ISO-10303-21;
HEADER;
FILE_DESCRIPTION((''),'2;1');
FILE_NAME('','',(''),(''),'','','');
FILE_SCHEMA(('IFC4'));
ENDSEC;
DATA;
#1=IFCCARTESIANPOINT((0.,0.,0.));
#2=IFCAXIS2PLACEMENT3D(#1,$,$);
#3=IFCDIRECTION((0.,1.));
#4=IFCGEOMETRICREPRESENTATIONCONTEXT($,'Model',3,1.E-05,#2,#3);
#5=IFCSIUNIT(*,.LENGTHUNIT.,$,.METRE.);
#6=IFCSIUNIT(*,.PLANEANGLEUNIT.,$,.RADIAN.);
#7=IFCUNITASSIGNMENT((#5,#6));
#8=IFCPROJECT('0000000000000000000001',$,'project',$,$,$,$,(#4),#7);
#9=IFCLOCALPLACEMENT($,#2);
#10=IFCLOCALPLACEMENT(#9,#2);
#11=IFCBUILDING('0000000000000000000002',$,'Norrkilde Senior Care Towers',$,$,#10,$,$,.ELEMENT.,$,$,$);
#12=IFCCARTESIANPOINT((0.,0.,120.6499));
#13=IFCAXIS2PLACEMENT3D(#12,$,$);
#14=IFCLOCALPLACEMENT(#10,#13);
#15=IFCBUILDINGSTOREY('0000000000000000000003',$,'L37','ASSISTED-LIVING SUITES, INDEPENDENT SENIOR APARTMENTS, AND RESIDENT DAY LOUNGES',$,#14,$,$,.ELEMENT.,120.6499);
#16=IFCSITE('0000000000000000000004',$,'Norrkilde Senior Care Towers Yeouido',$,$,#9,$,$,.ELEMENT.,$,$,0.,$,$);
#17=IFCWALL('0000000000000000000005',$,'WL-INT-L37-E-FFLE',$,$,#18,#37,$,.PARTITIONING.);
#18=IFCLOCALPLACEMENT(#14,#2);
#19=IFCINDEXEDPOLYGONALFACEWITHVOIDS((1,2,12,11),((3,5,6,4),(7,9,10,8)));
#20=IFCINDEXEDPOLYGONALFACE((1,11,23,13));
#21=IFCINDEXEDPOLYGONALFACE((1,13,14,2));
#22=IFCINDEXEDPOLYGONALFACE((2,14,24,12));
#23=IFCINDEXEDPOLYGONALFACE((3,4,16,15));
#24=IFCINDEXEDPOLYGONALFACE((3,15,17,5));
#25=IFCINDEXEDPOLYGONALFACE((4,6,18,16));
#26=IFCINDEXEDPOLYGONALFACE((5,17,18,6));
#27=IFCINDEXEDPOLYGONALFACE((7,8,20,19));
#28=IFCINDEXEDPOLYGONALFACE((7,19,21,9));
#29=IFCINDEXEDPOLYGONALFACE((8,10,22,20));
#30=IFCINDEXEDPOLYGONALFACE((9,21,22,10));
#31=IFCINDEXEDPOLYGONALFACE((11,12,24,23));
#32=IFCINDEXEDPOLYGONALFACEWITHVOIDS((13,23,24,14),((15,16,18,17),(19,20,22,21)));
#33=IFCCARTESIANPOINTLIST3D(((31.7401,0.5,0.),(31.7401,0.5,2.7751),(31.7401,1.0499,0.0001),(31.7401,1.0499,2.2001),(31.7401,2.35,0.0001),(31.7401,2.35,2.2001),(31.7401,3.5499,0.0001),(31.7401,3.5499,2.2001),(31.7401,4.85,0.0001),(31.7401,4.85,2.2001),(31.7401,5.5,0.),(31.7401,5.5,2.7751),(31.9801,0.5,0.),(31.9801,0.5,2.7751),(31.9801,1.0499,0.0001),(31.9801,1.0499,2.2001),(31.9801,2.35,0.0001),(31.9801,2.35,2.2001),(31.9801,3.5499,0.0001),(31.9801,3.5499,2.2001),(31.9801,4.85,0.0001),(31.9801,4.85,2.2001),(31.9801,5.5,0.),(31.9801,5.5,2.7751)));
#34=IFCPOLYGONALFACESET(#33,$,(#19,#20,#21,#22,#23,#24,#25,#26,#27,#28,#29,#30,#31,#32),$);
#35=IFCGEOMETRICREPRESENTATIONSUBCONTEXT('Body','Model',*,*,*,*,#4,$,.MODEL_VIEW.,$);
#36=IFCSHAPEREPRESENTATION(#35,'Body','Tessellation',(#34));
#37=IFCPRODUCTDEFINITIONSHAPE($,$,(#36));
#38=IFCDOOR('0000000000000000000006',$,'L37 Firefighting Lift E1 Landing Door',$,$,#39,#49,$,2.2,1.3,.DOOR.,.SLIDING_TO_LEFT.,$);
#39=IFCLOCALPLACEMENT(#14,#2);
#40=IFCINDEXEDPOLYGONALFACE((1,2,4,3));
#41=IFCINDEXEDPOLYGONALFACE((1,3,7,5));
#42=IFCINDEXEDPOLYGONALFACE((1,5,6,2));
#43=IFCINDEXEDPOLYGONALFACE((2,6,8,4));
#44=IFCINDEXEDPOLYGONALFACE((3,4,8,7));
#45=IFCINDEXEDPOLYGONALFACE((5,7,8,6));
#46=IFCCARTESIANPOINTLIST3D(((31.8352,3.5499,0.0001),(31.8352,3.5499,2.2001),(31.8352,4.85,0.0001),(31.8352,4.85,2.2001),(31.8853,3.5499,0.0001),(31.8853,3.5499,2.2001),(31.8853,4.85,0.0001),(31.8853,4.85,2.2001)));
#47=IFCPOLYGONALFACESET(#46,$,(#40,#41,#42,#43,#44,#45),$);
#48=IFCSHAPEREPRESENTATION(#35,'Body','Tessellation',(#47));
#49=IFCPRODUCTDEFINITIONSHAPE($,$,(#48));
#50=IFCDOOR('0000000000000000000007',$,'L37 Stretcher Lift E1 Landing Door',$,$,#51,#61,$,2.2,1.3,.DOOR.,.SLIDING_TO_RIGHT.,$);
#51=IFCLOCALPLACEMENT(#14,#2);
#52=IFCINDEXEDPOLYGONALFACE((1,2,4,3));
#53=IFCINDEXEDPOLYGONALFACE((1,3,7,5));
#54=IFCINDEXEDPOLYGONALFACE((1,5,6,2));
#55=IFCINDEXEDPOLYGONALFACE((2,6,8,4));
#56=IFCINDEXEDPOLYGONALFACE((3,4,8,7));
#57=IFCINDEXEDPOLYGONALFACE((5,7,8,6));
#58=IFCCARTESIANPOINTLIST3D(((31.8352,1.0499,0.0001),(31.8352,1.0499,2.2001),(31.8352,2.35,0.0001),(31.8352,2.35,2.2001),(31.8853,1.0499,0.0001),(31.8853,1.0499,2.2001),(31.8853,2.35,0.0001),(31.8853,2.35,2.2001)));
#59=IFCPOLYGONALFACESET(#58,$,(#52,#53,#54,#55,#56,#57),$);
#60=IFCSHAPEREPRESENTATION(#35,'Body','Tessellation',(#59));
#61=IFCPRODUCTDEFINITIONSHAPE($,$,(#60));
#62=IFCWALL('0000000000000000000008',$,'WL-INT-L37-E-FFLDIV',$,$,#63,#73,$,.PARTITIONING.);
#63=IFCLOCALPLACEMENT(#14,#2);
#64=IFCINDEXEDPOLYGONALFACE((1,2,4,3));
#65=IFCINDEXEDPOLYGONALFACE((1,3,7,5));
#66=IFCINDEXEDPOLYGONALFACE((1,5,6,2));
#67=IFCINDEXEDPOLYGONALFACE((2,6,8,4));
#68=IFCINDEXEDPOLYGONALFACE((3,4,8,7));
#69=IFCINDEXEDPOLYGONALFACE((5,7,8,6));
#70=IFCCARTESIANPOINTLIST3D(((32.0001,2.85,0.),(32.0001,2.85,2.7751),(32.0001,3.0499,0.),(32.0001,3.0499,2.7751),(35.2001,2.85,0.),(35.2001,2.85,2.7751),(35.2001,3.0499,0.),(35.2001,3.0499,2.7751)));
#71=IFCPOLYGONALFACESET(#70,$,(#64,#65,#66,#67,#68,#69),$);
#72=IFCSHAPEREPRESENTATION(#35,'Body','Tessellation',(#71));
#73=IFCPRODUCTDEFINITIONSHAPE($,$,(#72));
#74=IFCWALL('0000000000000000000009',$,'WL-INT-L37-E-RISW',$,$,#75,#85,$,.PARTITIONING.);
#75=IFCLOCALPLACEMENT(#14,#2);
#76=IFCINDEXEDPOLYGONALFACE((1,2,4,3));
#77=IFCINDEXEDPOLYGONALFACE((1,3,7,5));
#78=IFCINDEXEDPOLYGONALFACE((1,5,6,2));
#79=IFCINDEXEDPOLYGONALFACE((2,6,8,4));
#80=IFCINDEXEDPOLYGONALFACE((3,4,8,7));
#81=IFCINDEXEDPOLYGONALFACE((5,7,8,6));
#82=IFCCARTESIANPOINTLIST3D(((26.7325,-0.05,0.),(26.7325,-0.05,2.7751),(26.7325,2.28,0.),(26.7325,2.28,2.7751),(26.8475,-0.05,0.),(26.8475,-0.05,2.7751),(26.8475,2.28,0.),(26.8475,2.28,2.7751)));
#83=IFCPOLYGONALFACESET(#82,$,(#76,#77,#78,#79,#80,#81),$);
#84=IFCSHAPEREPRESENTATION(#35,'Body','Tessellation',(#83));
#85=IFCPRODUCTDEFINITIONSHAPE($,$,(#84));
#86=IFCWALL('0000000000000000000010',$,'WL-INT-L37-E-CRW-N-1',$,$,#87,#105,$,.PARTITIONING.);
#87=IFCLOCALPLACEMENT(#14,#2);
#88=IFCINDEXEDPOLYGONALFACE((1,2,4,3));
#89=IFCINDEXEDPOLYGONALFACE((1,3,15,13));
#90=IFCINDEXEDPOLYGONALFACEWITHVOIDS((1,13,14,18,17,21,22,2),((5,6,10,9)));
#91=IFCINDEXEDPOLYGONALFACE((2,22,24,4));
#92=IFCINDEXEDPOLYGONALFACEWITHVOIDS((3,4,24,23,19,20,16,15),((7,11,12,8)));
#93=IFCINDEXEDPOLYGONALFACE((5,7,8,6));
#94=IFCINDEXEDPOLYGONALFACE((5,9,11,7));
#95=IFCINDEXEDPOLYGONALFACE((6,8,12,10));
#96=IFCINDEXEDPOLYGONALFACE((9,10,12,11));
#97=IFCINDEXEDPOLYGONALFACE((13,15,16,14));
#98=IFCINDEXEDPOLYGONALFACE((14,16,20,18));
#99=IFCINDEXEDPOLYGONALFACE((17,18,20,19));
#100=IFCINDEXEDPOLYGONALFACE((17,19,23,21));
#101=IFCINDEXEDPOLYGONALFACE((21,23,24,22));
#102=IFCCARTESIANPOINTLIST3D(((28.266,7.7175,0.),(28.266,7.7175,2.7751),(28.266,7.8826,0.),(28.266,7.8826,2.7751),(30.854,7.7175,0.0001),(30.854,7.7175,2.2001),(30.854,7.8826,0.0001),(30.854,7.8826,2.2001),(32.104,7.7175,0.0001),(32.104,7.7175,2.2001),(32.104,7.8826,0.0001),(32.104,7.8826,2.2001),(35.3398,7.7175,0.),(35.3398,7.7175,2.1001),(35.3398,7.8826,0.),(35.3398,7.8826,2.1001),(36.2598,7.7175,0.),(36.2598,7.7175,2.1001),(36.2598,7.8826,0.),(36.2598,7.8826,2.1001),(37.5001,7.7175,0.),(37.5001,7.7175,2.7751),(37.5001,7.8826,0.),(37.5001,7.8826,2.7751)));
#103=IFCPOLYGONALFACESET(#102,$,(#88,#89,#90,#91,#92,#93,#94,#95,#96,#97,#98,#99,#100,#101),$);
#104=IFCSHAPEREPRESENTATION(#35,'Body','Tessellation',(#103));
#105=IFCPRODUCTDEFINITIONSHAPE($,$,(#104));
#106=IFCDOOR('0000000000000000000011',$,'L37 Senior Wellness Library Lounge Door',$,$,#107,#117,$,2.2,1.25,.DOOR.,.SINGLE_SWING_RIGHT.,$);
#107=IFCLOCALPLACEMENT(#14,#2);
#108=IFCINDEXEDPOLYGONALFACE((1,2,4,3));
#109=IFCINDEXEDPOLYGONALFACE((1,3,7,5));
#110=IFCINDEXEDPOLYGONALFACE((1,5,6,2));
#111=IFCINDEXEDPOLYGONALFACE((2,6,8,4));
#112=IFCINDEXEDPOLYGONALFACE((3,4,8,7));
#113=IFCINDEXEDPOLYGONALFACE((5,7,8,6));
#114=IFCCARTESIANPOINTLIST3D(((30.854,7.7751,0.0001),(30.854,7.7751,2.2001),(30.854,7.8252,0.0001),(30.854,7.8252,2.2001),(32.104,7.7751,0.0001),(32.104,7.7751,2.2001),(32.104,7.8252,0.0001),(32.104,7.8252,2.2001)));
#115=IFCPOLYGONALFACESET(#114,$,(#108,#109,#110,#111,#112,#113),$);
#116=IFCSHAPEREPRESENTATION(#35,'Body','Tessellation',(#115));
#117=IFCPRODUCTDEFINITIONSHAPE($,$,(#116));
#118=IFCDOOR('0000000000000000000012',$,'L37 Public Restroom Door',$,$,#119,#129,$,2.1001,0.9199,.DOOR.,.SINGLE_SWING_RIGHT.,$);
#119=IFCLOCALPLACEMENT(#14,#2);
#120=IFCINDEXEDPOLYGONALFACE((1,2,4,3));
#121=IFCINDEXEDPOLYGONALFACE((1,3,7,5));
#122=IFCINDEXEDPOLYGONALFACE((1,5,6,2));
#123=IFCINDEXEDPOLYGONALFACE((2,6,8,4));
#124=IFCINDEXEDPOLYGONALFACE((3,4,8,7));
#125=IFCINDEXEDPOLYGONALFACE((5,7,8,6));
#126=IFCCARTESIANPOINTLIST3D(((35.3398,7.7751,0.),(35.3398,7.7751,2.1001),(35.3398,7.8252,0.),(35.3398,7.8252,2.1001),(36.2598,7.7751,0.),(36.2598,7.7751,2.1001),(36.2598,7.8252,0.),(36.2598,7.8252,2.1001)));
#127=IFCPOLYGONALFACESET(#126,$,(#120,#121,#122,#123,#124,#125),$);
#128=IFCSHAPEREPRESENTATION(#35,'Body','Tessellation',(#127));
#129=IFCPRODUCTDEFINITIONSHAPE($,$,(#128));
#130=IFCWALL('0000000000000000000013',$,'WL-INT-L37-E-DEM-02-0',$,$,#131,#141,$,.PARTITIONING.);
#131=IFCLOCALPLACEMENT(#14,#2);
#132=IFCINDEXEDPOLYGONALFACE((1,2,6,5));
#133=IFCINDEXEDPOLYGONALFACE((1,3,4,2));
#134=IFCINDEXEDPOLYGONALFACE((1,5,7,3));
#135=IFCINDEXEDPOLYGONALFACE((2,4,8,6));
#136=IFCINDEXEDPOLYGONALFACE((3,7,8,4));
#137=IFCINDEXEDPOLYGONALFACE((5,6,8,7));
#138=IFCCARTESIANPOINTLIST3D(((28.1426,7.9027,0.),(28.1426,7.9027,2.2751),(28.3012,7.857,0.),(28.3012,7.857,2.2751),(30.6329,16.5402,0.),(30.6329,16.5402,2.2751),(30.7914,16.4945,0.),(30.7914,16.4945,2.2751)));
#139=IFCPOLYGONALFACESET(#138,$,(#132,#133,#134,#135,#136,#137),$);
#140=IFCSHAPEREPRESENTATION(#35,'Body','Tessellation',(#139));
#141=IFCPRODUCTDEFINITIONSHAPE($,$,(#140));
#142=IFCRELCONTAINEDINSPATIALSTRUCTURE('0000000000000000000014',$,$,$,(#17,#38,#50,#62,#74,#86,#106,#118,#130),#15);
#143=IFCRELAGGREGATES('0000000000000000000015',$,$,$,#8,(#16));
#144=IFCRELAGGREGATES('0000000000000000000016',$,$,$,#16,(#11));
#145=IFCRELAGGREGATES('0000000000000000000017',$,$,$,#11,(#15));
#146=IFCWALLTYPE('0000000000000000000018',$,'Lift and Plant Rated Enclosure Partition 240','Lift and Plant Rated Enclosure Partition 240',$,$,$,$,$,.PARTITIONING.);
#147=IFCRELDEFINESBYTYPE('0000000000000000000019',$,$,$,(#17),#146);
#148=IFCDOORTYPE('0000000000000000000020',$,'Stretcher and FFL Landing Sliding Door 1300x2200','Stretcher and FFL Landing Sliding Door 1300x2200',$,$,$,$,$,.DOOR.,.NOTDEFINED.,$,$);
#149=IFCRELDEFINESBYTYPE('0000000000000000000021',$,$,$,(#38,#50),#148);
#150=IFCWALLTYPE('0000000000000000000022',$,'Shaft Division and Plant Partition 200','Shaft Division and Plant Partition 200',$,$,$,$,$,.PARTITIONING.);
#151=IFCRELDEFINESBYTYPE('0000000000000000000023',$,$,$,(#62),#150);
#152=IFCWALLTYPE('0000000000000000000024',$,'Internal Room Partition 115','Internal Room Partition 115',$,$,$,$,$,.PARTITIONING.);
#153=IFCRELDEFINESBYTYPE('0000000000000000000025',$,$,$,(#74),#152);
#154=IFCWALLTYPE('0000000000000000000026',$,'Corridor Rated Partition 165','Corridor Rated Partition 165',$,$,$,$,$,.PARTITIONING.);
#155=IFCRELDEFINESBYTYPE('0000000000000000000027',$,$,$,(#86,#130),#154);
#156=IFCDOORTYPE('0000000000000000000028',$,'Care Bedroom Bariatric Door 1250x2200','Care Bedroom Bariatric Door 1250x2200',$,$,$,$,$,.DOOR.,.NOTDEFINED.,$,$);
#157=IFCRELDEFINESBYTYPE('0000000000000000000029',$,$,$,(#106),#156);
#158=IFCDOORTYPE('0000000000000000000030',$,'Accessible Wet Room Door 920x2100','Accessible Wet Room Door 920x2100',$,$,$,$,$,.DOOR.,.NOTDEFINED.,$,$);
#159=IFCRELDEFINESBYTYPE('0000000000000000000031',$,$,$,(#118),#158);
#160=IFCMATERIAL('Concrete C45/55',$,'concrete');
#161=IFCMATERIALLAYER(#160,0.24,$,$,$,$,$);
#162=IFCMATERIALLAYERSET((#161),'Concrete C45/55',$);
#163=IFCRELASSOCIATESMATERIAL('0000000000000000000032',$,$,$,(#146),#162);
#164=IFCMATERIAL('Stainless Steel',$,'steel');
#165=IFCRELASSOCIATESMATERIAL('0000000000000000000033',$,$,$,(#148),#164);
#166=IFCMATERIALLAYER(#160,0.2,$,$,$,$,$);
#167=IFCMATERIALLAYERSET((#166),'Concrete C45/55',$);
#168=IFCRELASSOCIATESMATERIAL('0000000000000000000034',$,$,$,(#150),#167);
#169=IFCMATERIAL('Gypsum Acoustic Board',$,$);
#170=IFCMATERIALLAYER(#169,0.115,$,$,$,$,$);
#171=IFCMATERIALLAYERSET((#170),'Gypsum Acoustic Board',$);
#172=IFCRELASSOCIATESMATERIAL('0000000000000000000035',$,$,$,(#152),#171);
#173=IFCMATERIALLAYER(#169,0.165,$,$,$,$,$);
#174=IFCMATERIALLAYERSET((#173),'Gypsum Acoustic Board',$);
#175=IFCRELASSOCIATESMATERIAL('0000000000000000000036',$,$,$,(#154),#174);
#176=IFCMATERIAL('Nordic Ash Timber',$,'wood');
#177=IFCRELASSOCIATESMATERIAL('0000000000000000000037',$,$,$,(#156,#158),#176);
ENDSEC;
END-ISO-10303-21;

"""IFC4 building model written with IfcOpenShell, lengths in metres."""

from ifc_helpers import new_model, si_unit, direction, frame, frame_2d, origin, place, context, subcontext, project, spatial, rectangle, extrude, source, transform, mapped, material, layer, layer_set, type_object, type_shapes, element, fill, save


model = new_model("IFC4")

# Units and contexts
model_context = context("Model", 3, precision=1e-05, world=origin(), true_north=direction((0.0, 1.0)))
body_context = subcontext(model_context, "Body", "Model", "MODEL_VIEW")
ifc_project = project(units=[si_unit("LENGTHUNIT", "METRE"), si_unit("PLANEANGLEUNIT", "RADIAN")], contexts=[model_context])

# Site, building, storey
site_placement = place(None, origin())
site = spatial("IfcSite", under=ifc_project, at=site_placement, Name="Norrkilde Senior Care Towers Yeouido", CompositionType="ELEMENT", RefElevation=0.0)
building_placement = place(site_placement, origin())
building = spatial("IfcBuilding", under=site, at=building_placement, Name="Norrkilde Senior Care Towers", CompositionType="ELEMENT")
storey_placement = place(building_placement, frame((0.0, 0.0, 120.6499)))
storey = spatial("IfcBuildingStorey", under=building, at=storey_placement, Name="L37", Description="ASSISTED-LIVING SUITES, INDEPENDENT SENIOR APARTMENTS, AND RESIDENT DAY LOUNGES", CompositionType="ELEMENT", Elevation=120.6499)

# Wall, openings, doors
ifc_material_1 = material(Name="Concrete C45/55", Category="concrete")
ifc_layer_1 = layer(ifc_material_1, 0.24)
ifc_layer_set_1 = layer_set([ifc_layer_1], Name="Concrete C45/55")
wall_type_1 = type_object("IfcWallType", Name="Lift and Plant Rated Enclosure Partition 240", Description="Lift and Plant Rated Enclosure Partition 240", PredefinedType="PARTITIONING", material=ifc_layer_set_1)
shared_shape_1 = source(origin(), body_context, "Body", "SweptSolid", [
    extrude(rectangle(XDim=5.0, YDim=0.24, at=frame_2d((2.5, 0.0))), origin(), (0.0, 0.0, 1.0), 2.7751),
])
type_shapes(wall_type_1, [shared_shape_1])
wall_1_placement = place(storey_placement, frame((31.8601, 0.5, 0.0), z_axis=(0.0, 0.0, 1.0), x_axis=(0.0, 1.0, 0.0)))
wall_1 = element("IfcWall", 1, at=wall_1_placement, inside=storey, type_object=wall_type_1, Name="WL-INT-L37-E-FFLE", PredefinedType="PARTITIONING", context=body_context, shape_type="MappedRepresentation", body=[
    mapped(shared_shape_1, transform((0.0, 0.0, 0.0), x_axis=(1.0, 0.0, 0.0), y_axis=(0.0, 1.0, 0.0), z_axis=(0.0, 0.0, 1.0), scale=1.0)),
])
opening_1_placement = place(wall_1_placement, frame((3.05, 0.0, 0.0)))
opening_1 = element("IfcOpeningElement", 2, at=opening_1_placement, cuts=wall_1, PredefinedType="OPENING", context=body_context, shape_type="SweptSolid", body=[
    extrude(rectangle(XDim=1.3, YDim=2.2, at=frame_2d((0.6499, 1.1001))), frame((0.0, 0.1299, 0.0), z_axis=(0.0, -1.0, 0.0), x_axis=(1.0, 0.0, 0.0)), (0.0, 0.0, 1.0), 0.26),
])
opening_2_placement = place(wall_1_placement, frame((0.55, 0.0, 0.0)))
opening_2 = element("IfcOpeningElement", 3, at=opening_2_placement, cuts=wall_1, PredefinedType="OPENING", context=body_context, shape_type="SweptSolid", body=[
    extrude(rectangle(XDim=1.3, YDim=2.2, at=frame_2d((0.6499, 1.1001))), frame((0.0, 0.1299, 0.0), z_axis=(0.0, -1.0, 0.0), x_axis=(1.0, 0.0, 0.0)), (0.0, 0.0, 1.0), 0.26),
])
ifc_material_2 = material(Name="Stainless Steel", Category="steel")
door_type_1 = type_object("IfcDoorType", Name="Stretcher and FFL Landing Sliding Door 1300x2200", Description="Stretcher and FFL Landing Sliding Door 1300x2200", OperationType="NOTDEFINED", PredefinedType="DOOR", material=ifc_material_2)
shared_shape_2 = source(origin(), body_context, "Body", "SweptSolid", [
    extrude(rectangle(XDim=1.3, YDim=2.2, at=frame_2d((0.6499, 1.1001))), frame((0.0, 0.0249, 0.0), z_axis=(0.0, -1.0, 0.0), x_axis=(1.0, 0.0, 0.0)), (0.0, 0.0, 1.0), 0.05),
])
type_shapes(door_type_1, [shared_shape_2])
door_1_placement = place(opening_1_placement, origin())
door_1 = element("IfcDoor", 4, at=door_1_placement, inside=storey, type_object=door_type_1, Name="L37 Firefighting Lift E1 Landing Door", OperationType="SLIDING_TO_LEFT", OverallHeight=2.2, OverallWidth=1.3, PredefinedType="DOOR", context=body_context, shape_type="MappedRepresentation", body=[
    mapped(shared_shape_2, transform((0.0, 0.0, 0.0), x_axis=(1.0, 0.0, 0.0), y_axis=(0.0, 1.0, 0.0), z_axis=(0.0, 0.0, 1.0), scale=1.0)),
])
fill(opening_1, door_1)
door_2_placement = place(opening_2_placement, origin())
door_2 = element("IfcDoor", 5, at=door_2_placement, inside=storey, type_object=door_type_1, Name="L37 Stretcher Lift E1 Landing Door", OperationType="SLIDING_TO_RIGHT", OverallHeight=2.2, OverallWidth=1.3, PredefinedType="DOOR", context=body_context, shape_type="MappedRepresentation", body=[
    mapped(shared_shape_2, transform((0.0, 0.0, 0.0), x_axis=(1.0, 0.0, 0.0), y_axis=(0.0, 1.0, 0.0), z_axis=(0.0, 0.0, 1.0), scale=1.0)),
])
fill(opening_2, door_2)

# Wall
ifc_layer_2 = layer(ifc_material_1, 0.2)
ifc_layer_set_2 = layer_set([ifc_layer_2], Name="Concrete C45/55")
wall_type_2 = type_object("IfcWallType", Name="Shaft Division and Plant Partition 200", Description="Shaft Division and Plant Partition 200", PredefinedType="PARTITIONING", material=ifc_layer_set_2)
shared_shape_3 = source(origin(), body_context, "Body", "SweptSolid", [
    extrude(rectangle(XDim=3.2, YDim=0.2, at=frame_2d((1.6001, 0.0))), origin(), (0.0, 0.0, 1.0), 2.7751),
])
type_shapes(wall_type_2, [shared_shape_3])
wall_2_placement = place(storey_placement, frame((32.0, 2.95, 0.0), z_axis=(0.0, 0.0, 1.0), x_axis=(1.0, 0.0, 0.0)))
element("IfcWall", 6, at=wall_2_placement, inside=storey, type_object=wall_type_2, Name="WL-INT-L37-E-FFLDIV", PredefinedType="PARTITIONING", context=body_context, shape_type="MappedRepresentation", body=[
    mapped(shared_shape_3, transform((0.0, 0.0, 0.0), x_axis=(1.0, 0.0, 0.0), y_axis=(0.0, 1.0, 0.0), z_axis=(0.0, 0.0, 1.0), scale=1.0)),
])

# Wall
ifc_material_3 = material(Name="Gypsum Acoustic Board")
ifc_layer_3 = layer(ifc_material_3, 0.115)
ifc_layer_set_3 = layer_set([ifc_layer_3], Name="Gypsum Acoustic Board")
wall_type_3 = type_object("IfcWallType", Name="Internal Room Partition 115", Description="Internal Room Partition 115", PredefinedType="PARTITIONING", material=ifc_layer_set_3)
shared_shape_4 = source(origin(), body_context, "Body", "SweptSolid", [
    extrude(rectangle(XDim=2.3301, YDim=0.115, at=frame_2d((1.165, 0.0))), origin(), (0.0, 0.0, 1.0), 2.7751),
])
type_shapes(wall_type_3, [shared_shape_4])
wall_3_placement = place(storey_placement, frame((26.79, -0.05, 0.0), z_axis=(0.0, 0.0, 1.0), x_axis=(0.0, 1.0, 0.0)))
element("IfcWall", 7, at=wall_3_placement, inside=storey, type_object=wall_type_3, Name="WL-INT-L37-E-RISW", PredefinedType="PARTITIONING", context=body_context, shape_type="MappedRepresentation", body=[
    mapped(shared_shape_4, transform((0.0, 0.0, 0.0), x_axis=(1.0, 0.0, 0.0), y_axis=(0.0, 1.0, 0.0), z_axis=(0.0, 0.0, 1.0), scale=1.0)),
])

# Wall, openings, doors
ifc_layer_4 = layer(ifc_material_3, 0.165)
ifc_layer_set_4 = layer_set([ifc_layer_4], Name="Gypsum Acoustic Board")
wall_type_4 = type_object("IfcWallType", Name="Corridor Rated Partition 165", Description="Corridor Rated Partition 165", PredefinedType="PARTITIONING", material=ifc_layer_set_4)
shared_shape_5 = source(origin(), body_context, "Body", "SweptSolid", [
    extrude(rectangle(XDim=9.2341, YDim=0.165, at=frame_2d((4.6172, 0.0))), origin(), (0.0, 0.0, 1.0), 2.7751),
])
wall_4_placement = place(storey_placement, frame((28.2659, 7.8, 0.0), z_axis=(0.0, 0.0, 1.0), x_axis=(1.0, 0.0, 0.0)))
wall_4 = element("IfcWall", 8, at=wall_4_placement, inside=storey, type_object=wall_type_4, Name="WL-INT-L37-E-CRW-N-1", PredefinedType="PARTITIONING", context=body_context, shape_type="MappedRepresentation", body=[
    mapped(shared_shape_5, transform((0.0, 0.0, 0.0), x_axis=(1.0, 0.0, 0.0), y_axis=(0.0, 1.0, 0.0), z_axis=(0.0, 0.0, 1.0), scale=1.0)),
])
opening_3_placement = place(wall_4_placement, frame((7.074, 0.0, 0.0)))
opening_3 = element("IfcOpeningElement", 9, at=opening_3_placement, cuts=wall_4, PredefinedType="OPENING", context=body_context, shape_type="SweptSolid", body=[
    extrude(rectangle(XDim=0.9199, YDim=2.1001, at=frame_2d((0.46, 1.05))), frame((0.0, 0.0925, 0.0), z_axis=(0.0, -1.0, 0.0), x_axis=(1.0, 0.0, 0.0)), (0.0, 0.0, 1.0), 0.1851),
])
opening_4_placement = place(wall_4_placement, frame((2.5881, 0.0, 0.0)))
opening_4 = element("IfcOpeningElement", 10, at=opening_4_placement, cuts=wall_4, PredefinedType="OPENING", context=body_context, shape_type="SweptSolid", body=[
    extrude(rectangle(XDim=1.25, YDim=2.2, at=frame_2d((0.625, 1.1001))), frame((0.0, 0.0925, 0.0), z_axis=(0.0, -1.0, 0.0), x_axis=(1.0, 0.0, 0.0)), (0.0, 0.0, 1.0), 0.1851),
])
ifc_material_4 = material(Name="Nordic Ash Timber", Category="wood")
door_type_2 = type_object("IfcDoorType", Name="Care Bedroom Bariatric Door 1250x2200", Description="Care Bedroom Bariatric Door 1250x2200", OperationType="NOTDEFINED", PredefinedType="DOOR", material=ifc_material_4)
shared_shape_6 = source(origin(), body_context, "Body", "SweptSolid", [
    extrude(rectangle(XDim=1.25, YDim=2.2, at=frame_2d((0.625, 1.1001))), frame((0.0, 0.0249, 0.0), z_axis=(0.0, -1.0, 0.0), x_axis=(1.0, 0.0, 0.0)), (0.0, 0.0, 1.0), 0.05),
])
type_shapes(door_type_2, [shared_shape_6])
door_3_placement = place(opening_4_placement, frame((1.25, 0.0, 0.0), z_axis=(0.0, 0.0, 1.0), x_axis=(-1.0, 0.0, 0.0)))
door_3 = element("IfcDoor", 11, at=door_3_placement, inside=storey, type_object=door_type_2, Name="L37 Senior Wellness Library Lounge Door", OperationType="SINGLE_SWING_RIGHT", OverallHeight=2.2, OverallWidth=1.25, PredefinedType="DOOR", context=body_context, shape_type="MappedRepresentation", body=[
    mapped(shared_shape_6, transform((0.0, 0.0, 0.0), x_axis=(1.0, 0.0, 0.0), y_axis=(0.0, 1.0, 0.0), z_axis=(0.0, 0.0, 1.0), scale=1.0)),
])
fill(opening_4, door_3)
door_type_3 = type_object("IfcDoorType", Name="Accessible Wet Room Door 920x2100", Description="Accessible Wet Room Door 920x2100", OperationType="NOTDEFINED", PredefinedType="DOOR", material=ifc_material_4)
shared_shape_7 = source(origin(), body_context, "Body", "SweptSolid", [
    extrude(rectangle(XDim=0.9199, YDim=2.1001, at=frame_2d((0.46, 1.05))), frame((0.0, 0.0249, 0.0), z_axis=(0.0, -1.0, 0.0), x_axis=(1.0, 0.0, 0.0)), (0.0, 0.0, 1.0), 0.05),
])
type_shapes(door_type_3, [shared_shape_7])
door_4_placement = place(opening_3_placement, frame((0.9199, 0.0, 0.0), z_axis=(0.0, 0.0, 1.0), x_axis=(-1.0, 0.0, 0.0)))
door_4 = element("IfcDoor", 12, at=door_4_placement, inside=storey, type_object=door_type_3, Name="L37 Public Restroom Door", OperationType="SINGLE_SWING_RIGHT", OverallHeight=2.1001, OverallWidth=0.9199, PredefinedType="DOOR", context=body_context, shape_type="MappedRepresentation", body=[
    mapped(shared_shape_7, transform((0.0, 0.0, 0.0), x_axis=(1.0, 0.0, 0.0), y_axis=(0.0, 1.0, 0.0), z_axis=(0.0, 0.0, 1.0), scale=1.0)),
])
fill(opening_3, door_4)

# Wall
shared_shape_8 = source(origin(), body_context, "Body", "SweptSolid", [
    extrude(rectangle(XDim=8.9893, YDim=0.165, at=frame_2d((4.4946, 0.0))), origin(), (0.0, 0.0, 1.0), 2.2751),
])
wall_5_placement = place(storey_placement, frame((28.2219, 7.8799, 0.0), z_axis=(0.0, 0.0, 1.0), x_axis=(0.277023, 0.960863, 0.0)))
element("IfcWall", 13, at=wall_5_placement, inside=storey, type_object=wall_type_4, Name="WL-INT-L37-E-DEM-02-0", PredefinedType="PARTITIONING", context=body_context, shape_type="MappedRepresentation", body=[
    mapped(shared_shape_8, transform((0.0, 0.0, 0.0), x_axis=(1.0, 0.0, 0.0), y_axis=(0.0, 1.0, 0.0), z_axis=(0.0, 0.0, 1.0), scale=1.0)),
])

save(model, "model.ifc")
